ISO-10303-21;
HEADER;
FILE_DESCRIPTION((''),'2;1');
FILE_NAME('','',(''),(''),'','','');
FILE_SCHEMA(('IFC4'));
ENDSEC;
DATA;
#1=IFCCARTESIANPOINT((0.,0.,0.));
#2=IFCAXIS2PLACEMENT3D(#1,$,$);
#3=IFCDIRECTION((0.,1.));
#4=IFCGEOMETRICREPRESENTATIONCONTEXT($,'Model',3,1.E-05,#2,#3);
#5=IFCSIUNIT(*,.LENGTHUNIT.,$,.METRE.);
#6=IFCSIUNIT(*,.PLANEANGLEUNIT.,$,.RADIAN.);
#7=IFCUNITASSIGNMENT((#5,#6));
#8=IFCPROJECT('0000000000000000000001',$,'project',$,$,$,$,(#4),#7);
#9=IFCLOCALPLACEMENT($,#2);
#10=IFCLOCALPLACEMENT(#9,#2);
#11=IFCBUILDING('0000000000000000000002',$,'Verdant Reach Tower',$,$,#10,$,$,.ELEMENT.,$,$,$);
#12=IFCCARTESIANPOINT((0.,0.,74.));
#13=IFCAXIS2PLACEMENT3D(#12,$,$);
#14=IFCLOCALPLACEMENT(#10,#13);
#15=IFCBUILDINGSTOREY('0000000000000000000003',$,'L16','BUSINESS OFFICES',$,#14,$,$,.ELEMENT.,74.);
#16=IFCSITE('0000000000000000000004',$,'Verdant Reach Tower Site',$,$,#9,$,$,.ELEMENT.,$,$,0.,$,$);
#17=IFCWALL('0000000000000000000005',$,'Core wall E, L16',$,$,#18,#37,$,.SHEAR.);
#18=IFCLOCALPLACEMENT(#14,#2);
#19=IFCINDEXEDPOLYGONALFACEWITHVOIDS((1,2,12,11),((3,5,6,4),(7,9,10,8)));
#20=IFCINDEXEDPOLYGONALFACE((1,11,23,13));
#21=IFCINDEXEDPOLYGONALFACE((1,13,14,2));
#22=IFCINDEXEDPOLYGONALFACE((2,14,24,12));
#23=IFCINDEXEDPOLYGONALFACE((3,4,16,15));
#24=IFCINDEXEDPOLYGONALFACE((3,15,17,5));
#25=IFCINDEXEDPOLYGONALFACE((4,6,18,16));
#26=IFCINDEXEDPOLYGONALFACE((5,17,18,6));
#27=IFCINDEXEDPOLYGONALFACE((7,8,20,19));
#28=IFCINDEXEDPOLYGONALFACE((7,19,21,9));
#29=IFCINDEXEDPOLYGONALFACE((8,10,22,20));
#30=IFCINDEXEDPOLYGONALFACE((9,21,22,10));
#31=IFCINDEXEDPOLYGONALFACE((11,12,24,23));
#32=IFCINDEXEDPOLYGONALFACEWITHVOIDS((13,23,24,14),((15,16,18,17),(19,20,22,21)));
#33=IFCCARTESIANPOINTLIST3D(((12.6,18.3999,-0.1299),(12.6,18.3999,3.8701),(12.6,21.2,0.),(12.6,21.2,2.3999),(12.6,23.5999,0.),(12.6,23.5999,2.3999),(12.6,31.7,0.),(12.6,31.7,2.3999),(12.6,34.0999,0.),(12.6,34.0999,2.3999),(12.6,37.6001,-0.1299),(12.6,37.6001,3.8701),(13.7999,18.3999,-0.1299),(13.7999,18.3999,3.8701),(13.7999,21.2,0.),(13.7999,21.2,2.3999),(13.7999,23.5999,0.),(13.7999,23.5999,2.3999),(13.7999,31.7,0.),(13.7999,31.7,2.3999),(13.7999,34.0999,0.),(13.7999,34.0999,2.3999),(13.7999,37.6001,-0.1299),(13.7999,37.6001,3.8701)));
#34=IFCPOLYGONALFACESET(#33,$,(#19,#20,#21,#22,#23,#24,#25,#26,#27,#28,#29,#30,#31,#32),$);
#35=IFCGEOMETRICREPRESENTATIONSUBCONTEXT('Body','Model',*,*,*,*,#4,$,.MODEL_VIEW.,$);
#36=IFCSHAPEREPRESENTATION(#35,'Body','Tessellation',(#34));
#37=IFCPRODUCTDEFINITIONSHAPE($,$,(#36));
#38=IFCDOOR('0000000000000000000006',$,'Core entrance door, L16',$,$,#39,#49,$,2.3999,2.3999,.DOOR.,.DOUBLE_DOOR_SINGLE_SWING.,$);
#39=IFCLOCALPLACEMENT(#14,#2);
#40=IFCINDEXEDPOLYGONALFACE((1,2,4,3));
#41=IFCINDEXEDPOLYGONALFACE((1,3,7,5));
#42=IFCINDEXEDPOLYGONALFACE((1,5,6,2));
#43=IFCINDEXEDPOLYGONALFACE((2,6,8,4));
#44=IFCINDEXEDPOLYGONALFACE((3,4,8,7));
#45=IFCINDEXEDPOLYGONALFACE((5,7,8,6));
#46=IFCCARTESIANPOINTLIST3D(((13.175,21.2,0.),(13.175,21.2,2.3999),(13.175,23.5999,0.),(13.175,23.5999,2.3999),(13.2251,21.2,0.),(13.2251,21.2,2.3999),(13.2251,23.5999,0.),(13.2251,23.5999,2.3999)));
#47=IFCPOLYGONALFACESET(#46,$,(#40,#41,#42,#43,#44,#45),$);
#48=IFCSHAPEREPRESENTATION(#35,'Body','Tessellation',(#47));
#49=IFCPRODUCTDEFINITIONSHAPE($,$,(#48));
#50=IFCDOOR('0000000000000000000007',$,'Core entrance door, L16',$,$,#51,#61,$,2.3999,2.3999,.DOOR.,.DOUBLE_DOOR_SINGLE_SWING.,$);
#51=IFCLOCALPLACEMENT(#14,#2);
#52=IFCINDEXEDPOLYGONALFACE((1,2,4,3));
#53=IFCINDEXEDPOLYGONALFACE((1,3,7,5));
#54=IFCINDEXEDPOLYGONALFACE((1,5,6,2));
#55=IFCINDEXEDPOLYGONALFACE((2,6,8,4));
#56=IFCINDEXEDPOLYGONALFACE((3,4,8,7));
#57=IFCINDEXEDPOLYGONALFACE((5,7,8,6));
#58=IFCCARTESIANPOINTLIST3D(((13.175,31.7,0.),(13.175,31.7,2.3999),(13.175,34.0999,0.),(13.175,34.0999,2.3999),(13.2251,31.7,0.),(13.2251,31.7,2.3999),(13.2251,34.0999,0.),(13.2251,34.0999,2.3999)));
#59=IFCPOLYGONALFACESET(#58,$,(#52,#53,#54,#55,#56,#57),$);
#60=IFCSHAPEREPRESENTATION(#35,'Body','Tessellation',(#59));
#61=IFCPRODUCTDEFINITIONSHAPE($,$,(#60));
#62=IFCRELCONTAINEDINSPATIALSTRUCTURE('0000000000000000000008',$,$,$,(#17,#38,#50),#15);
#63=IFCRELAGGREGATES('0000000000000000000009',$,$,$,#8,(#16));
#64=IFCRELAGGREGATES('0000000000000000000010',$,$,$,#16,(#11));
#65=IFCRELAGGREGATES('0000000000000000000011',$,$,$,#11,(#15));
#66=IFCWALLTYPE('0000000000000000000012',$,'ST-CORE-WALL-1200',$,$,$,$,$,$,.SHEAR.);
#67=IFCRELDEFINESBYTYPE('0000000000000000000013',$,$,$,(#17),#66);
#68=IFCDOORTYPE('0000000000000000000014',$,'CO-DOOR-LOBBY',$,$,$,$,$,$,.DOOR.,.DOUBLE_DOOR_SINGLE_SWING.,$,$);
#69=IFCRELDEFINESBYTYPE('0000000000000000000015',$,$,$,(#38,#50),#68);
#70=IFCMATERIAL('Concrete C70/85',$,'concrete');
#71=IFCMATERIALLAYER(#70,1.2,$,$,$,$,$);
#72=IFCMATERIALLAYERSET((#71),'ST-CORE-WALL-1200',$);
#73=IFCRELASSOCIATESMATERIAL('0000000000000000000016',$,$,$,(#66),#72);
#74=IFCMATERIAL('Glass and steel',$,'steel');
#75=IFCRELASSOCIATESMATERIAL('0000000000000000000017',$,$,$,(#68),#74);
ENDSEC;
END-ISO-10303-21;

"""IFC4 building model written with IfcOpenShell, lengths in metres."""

from ifc_helpers import new_model, si_unit, direction, frame, frame_2d, origin, place, context, subcontext, project, spatial, rectangle, extrude, material, layer, layer_set, type_object, element, fill, save


model = new_model("IFC4")

# Units and contexts
model_context = context("Model", 3, precision=1e-05, world=origin(), true_north=direction((0.0, 1.0)))
body_context = subcontext(model_context, "Body", "Model", "MODEL_VIEW")
ifc_project = project(units=[si_unit("LENGTHUNIT", "METRE"), si_unit("PLANEANGLEUNIT", "RADIAN")], contexts=[model_context])

# Site, building, storey
site_placement = place(None, origin())
site = spatial("IfcSite", under=ifc_project, at=site_placement, Name="Verdant Reach Tower Site", CompositionType="ELEMENT", RefElevation=0.0)
building_placement = place(site_placement, origin())
building = spatial("IfcBuilding", under=site, at=building_placement, Name="Verdant Reach Tower", CompositionType="ELEMENT")
storey_placement = place(building_placement, frame((0.0, 0.0, 74.0)))
storey = spatial("IfcBuildingStorey", under=building, at=storey_placement, Name="L16", Description="BUSINESS OFFICES", CompositionType="ELEMENT", Elevation=74.0)

# Wall, openings, doors
ifc_material_1 = material(Name="Concrete C70/85", Category="concrete")
ifc_layer_1 = layer(ifc_material_1, 1.2)
ifc_layer_set_1 = layer_set([ifc_layer_1], Name="ST-CORE-WALL-1200")
wall_type_1 = type_object("IfcWallType", Name="ST-CORE-WALL-1200", PredefinedType="SHEAR", material=ifc_layer_set_1)
wall_1_placement = place(storey_placement, frame((13.2, 18.3999, -0.1299), z_axis=(0.0, 0.0, 1.0), x_axis=(0.0, 1.0, 0.0)))
wall_1 = element("IfcWall", 1, at=wall_1_placement, inside=storey, type_object=wall_type_1, Name="Core wall E, L16", PredefinedType="SHEAR", context=body_context, shape_type="SweptSolid", body=[
    extrude(rectangle(XDim=19.2002, YDim=1.2, at=frame_2d((9.6001, 0.0))), origin(), (0.0, 0.0, 1.0), 4.0),
])
opening_1_placement = place(wall_1_placement, frame((2.8, 0.0, 0.1299)))
opening_1 = element("IfcOpeningElement", 2, at=opening_1_placement, cuts=wall_1, PredefinedType="OPENING", context=body_context, shape_type="SweptSolid", body=[
    extrude(rectangle(XDim=2.3999, YDim=2.3999, at=frame_2d((1.2, 1.2))), frame((0.0, 0.6099, 0.0), z_axis=(0.0, -1.0, 0.0), x_axis=(1.0, 0.0, 0.0)), (0.0, 0.0, 1.0), 1.22),
])
opening_2_placement = place(wall_1_placement, frame((13.3, 0.0, 0.1299)))
opening_2 = element("IfcOpeningElement", 3, at=opening_2_placement, cuts=wall_1, PredefinedType="OPENING", context=body_context, shape_type="SweptSolid", body=[
    extrude(rectangle(XDim=2.3999, YDim=2.3999, at=frame_2d((1.2, 1.2))), frame((0.0, 0.6099, 0.0), z_axis=(0.0, -1.0, 0.0), x_axis=(1.0, 0.0, 0.0)), (0.0, 0.0, 1.0), 1.22),
])
ifc_material_2 = material(Name="Glass and steel", Category="steel")
door_type_1 = type_object("IfcDoorType", Name="CO-DOOR-LOBBY", OperationType="DOUBLE_DOOR_SINGLE_SWING", PredefinedType="DOOR", material=ifc_material_2)
door_1_placement = place(opening_1_placement, origin())
door_1 = element("IfcDoor", 4, at=door_1_placement, inside=storey, type_object=door_type_1, Name="Core entrance door, L16", OperationType="DOUBLE_DOOR_SINGLE_SWING", OverallHeight=2.3999, OverallWidth=2.3999, PredefinedType="DOOR", context=body_context, shape_type="SweptSolid", body=[
    extrude(rectangle(XDim=2.3999, YDim=2.3999, at=frame_2d((1.2, 1.2))), frame((0.0, 0.0249, 0.0), z_axis=(0.0, -1.0, 0.0), x_axis=(1.0, 0.0, 0.0)), (0.0, 0.0, 1.0), 0.05),
])
fill(opening_1, door_1)
door_2_placement = place(opening_2_placement, origin())
door_2 = element("IfcDoor", 5, at=door_2_placement, inside=storey, type_object=door_type_1, Name="Core entrance door, L16", OperationType="DOUBLE_DOOR_SINGLE_SWING", OverallHeight=2.3999, OverallWidth=2.3999, PredefinedType="DOOR", context=body_context, shape_type="SweptSolid", body=[
    extrude(rectangle(XDim=2.3999, YDim=2.3999, at=frame_2d((1.2, 1.2))), frame((0.0, 0.0249, 0.0), z_axis=(0.0, -1.0, 0.0), x_axis=(1.0, 0.0, 0.0)), (0.0, 0.0, 1.0), 0.05),
])
fill(opening_2, door_2)

save(model, "model.ifc")
